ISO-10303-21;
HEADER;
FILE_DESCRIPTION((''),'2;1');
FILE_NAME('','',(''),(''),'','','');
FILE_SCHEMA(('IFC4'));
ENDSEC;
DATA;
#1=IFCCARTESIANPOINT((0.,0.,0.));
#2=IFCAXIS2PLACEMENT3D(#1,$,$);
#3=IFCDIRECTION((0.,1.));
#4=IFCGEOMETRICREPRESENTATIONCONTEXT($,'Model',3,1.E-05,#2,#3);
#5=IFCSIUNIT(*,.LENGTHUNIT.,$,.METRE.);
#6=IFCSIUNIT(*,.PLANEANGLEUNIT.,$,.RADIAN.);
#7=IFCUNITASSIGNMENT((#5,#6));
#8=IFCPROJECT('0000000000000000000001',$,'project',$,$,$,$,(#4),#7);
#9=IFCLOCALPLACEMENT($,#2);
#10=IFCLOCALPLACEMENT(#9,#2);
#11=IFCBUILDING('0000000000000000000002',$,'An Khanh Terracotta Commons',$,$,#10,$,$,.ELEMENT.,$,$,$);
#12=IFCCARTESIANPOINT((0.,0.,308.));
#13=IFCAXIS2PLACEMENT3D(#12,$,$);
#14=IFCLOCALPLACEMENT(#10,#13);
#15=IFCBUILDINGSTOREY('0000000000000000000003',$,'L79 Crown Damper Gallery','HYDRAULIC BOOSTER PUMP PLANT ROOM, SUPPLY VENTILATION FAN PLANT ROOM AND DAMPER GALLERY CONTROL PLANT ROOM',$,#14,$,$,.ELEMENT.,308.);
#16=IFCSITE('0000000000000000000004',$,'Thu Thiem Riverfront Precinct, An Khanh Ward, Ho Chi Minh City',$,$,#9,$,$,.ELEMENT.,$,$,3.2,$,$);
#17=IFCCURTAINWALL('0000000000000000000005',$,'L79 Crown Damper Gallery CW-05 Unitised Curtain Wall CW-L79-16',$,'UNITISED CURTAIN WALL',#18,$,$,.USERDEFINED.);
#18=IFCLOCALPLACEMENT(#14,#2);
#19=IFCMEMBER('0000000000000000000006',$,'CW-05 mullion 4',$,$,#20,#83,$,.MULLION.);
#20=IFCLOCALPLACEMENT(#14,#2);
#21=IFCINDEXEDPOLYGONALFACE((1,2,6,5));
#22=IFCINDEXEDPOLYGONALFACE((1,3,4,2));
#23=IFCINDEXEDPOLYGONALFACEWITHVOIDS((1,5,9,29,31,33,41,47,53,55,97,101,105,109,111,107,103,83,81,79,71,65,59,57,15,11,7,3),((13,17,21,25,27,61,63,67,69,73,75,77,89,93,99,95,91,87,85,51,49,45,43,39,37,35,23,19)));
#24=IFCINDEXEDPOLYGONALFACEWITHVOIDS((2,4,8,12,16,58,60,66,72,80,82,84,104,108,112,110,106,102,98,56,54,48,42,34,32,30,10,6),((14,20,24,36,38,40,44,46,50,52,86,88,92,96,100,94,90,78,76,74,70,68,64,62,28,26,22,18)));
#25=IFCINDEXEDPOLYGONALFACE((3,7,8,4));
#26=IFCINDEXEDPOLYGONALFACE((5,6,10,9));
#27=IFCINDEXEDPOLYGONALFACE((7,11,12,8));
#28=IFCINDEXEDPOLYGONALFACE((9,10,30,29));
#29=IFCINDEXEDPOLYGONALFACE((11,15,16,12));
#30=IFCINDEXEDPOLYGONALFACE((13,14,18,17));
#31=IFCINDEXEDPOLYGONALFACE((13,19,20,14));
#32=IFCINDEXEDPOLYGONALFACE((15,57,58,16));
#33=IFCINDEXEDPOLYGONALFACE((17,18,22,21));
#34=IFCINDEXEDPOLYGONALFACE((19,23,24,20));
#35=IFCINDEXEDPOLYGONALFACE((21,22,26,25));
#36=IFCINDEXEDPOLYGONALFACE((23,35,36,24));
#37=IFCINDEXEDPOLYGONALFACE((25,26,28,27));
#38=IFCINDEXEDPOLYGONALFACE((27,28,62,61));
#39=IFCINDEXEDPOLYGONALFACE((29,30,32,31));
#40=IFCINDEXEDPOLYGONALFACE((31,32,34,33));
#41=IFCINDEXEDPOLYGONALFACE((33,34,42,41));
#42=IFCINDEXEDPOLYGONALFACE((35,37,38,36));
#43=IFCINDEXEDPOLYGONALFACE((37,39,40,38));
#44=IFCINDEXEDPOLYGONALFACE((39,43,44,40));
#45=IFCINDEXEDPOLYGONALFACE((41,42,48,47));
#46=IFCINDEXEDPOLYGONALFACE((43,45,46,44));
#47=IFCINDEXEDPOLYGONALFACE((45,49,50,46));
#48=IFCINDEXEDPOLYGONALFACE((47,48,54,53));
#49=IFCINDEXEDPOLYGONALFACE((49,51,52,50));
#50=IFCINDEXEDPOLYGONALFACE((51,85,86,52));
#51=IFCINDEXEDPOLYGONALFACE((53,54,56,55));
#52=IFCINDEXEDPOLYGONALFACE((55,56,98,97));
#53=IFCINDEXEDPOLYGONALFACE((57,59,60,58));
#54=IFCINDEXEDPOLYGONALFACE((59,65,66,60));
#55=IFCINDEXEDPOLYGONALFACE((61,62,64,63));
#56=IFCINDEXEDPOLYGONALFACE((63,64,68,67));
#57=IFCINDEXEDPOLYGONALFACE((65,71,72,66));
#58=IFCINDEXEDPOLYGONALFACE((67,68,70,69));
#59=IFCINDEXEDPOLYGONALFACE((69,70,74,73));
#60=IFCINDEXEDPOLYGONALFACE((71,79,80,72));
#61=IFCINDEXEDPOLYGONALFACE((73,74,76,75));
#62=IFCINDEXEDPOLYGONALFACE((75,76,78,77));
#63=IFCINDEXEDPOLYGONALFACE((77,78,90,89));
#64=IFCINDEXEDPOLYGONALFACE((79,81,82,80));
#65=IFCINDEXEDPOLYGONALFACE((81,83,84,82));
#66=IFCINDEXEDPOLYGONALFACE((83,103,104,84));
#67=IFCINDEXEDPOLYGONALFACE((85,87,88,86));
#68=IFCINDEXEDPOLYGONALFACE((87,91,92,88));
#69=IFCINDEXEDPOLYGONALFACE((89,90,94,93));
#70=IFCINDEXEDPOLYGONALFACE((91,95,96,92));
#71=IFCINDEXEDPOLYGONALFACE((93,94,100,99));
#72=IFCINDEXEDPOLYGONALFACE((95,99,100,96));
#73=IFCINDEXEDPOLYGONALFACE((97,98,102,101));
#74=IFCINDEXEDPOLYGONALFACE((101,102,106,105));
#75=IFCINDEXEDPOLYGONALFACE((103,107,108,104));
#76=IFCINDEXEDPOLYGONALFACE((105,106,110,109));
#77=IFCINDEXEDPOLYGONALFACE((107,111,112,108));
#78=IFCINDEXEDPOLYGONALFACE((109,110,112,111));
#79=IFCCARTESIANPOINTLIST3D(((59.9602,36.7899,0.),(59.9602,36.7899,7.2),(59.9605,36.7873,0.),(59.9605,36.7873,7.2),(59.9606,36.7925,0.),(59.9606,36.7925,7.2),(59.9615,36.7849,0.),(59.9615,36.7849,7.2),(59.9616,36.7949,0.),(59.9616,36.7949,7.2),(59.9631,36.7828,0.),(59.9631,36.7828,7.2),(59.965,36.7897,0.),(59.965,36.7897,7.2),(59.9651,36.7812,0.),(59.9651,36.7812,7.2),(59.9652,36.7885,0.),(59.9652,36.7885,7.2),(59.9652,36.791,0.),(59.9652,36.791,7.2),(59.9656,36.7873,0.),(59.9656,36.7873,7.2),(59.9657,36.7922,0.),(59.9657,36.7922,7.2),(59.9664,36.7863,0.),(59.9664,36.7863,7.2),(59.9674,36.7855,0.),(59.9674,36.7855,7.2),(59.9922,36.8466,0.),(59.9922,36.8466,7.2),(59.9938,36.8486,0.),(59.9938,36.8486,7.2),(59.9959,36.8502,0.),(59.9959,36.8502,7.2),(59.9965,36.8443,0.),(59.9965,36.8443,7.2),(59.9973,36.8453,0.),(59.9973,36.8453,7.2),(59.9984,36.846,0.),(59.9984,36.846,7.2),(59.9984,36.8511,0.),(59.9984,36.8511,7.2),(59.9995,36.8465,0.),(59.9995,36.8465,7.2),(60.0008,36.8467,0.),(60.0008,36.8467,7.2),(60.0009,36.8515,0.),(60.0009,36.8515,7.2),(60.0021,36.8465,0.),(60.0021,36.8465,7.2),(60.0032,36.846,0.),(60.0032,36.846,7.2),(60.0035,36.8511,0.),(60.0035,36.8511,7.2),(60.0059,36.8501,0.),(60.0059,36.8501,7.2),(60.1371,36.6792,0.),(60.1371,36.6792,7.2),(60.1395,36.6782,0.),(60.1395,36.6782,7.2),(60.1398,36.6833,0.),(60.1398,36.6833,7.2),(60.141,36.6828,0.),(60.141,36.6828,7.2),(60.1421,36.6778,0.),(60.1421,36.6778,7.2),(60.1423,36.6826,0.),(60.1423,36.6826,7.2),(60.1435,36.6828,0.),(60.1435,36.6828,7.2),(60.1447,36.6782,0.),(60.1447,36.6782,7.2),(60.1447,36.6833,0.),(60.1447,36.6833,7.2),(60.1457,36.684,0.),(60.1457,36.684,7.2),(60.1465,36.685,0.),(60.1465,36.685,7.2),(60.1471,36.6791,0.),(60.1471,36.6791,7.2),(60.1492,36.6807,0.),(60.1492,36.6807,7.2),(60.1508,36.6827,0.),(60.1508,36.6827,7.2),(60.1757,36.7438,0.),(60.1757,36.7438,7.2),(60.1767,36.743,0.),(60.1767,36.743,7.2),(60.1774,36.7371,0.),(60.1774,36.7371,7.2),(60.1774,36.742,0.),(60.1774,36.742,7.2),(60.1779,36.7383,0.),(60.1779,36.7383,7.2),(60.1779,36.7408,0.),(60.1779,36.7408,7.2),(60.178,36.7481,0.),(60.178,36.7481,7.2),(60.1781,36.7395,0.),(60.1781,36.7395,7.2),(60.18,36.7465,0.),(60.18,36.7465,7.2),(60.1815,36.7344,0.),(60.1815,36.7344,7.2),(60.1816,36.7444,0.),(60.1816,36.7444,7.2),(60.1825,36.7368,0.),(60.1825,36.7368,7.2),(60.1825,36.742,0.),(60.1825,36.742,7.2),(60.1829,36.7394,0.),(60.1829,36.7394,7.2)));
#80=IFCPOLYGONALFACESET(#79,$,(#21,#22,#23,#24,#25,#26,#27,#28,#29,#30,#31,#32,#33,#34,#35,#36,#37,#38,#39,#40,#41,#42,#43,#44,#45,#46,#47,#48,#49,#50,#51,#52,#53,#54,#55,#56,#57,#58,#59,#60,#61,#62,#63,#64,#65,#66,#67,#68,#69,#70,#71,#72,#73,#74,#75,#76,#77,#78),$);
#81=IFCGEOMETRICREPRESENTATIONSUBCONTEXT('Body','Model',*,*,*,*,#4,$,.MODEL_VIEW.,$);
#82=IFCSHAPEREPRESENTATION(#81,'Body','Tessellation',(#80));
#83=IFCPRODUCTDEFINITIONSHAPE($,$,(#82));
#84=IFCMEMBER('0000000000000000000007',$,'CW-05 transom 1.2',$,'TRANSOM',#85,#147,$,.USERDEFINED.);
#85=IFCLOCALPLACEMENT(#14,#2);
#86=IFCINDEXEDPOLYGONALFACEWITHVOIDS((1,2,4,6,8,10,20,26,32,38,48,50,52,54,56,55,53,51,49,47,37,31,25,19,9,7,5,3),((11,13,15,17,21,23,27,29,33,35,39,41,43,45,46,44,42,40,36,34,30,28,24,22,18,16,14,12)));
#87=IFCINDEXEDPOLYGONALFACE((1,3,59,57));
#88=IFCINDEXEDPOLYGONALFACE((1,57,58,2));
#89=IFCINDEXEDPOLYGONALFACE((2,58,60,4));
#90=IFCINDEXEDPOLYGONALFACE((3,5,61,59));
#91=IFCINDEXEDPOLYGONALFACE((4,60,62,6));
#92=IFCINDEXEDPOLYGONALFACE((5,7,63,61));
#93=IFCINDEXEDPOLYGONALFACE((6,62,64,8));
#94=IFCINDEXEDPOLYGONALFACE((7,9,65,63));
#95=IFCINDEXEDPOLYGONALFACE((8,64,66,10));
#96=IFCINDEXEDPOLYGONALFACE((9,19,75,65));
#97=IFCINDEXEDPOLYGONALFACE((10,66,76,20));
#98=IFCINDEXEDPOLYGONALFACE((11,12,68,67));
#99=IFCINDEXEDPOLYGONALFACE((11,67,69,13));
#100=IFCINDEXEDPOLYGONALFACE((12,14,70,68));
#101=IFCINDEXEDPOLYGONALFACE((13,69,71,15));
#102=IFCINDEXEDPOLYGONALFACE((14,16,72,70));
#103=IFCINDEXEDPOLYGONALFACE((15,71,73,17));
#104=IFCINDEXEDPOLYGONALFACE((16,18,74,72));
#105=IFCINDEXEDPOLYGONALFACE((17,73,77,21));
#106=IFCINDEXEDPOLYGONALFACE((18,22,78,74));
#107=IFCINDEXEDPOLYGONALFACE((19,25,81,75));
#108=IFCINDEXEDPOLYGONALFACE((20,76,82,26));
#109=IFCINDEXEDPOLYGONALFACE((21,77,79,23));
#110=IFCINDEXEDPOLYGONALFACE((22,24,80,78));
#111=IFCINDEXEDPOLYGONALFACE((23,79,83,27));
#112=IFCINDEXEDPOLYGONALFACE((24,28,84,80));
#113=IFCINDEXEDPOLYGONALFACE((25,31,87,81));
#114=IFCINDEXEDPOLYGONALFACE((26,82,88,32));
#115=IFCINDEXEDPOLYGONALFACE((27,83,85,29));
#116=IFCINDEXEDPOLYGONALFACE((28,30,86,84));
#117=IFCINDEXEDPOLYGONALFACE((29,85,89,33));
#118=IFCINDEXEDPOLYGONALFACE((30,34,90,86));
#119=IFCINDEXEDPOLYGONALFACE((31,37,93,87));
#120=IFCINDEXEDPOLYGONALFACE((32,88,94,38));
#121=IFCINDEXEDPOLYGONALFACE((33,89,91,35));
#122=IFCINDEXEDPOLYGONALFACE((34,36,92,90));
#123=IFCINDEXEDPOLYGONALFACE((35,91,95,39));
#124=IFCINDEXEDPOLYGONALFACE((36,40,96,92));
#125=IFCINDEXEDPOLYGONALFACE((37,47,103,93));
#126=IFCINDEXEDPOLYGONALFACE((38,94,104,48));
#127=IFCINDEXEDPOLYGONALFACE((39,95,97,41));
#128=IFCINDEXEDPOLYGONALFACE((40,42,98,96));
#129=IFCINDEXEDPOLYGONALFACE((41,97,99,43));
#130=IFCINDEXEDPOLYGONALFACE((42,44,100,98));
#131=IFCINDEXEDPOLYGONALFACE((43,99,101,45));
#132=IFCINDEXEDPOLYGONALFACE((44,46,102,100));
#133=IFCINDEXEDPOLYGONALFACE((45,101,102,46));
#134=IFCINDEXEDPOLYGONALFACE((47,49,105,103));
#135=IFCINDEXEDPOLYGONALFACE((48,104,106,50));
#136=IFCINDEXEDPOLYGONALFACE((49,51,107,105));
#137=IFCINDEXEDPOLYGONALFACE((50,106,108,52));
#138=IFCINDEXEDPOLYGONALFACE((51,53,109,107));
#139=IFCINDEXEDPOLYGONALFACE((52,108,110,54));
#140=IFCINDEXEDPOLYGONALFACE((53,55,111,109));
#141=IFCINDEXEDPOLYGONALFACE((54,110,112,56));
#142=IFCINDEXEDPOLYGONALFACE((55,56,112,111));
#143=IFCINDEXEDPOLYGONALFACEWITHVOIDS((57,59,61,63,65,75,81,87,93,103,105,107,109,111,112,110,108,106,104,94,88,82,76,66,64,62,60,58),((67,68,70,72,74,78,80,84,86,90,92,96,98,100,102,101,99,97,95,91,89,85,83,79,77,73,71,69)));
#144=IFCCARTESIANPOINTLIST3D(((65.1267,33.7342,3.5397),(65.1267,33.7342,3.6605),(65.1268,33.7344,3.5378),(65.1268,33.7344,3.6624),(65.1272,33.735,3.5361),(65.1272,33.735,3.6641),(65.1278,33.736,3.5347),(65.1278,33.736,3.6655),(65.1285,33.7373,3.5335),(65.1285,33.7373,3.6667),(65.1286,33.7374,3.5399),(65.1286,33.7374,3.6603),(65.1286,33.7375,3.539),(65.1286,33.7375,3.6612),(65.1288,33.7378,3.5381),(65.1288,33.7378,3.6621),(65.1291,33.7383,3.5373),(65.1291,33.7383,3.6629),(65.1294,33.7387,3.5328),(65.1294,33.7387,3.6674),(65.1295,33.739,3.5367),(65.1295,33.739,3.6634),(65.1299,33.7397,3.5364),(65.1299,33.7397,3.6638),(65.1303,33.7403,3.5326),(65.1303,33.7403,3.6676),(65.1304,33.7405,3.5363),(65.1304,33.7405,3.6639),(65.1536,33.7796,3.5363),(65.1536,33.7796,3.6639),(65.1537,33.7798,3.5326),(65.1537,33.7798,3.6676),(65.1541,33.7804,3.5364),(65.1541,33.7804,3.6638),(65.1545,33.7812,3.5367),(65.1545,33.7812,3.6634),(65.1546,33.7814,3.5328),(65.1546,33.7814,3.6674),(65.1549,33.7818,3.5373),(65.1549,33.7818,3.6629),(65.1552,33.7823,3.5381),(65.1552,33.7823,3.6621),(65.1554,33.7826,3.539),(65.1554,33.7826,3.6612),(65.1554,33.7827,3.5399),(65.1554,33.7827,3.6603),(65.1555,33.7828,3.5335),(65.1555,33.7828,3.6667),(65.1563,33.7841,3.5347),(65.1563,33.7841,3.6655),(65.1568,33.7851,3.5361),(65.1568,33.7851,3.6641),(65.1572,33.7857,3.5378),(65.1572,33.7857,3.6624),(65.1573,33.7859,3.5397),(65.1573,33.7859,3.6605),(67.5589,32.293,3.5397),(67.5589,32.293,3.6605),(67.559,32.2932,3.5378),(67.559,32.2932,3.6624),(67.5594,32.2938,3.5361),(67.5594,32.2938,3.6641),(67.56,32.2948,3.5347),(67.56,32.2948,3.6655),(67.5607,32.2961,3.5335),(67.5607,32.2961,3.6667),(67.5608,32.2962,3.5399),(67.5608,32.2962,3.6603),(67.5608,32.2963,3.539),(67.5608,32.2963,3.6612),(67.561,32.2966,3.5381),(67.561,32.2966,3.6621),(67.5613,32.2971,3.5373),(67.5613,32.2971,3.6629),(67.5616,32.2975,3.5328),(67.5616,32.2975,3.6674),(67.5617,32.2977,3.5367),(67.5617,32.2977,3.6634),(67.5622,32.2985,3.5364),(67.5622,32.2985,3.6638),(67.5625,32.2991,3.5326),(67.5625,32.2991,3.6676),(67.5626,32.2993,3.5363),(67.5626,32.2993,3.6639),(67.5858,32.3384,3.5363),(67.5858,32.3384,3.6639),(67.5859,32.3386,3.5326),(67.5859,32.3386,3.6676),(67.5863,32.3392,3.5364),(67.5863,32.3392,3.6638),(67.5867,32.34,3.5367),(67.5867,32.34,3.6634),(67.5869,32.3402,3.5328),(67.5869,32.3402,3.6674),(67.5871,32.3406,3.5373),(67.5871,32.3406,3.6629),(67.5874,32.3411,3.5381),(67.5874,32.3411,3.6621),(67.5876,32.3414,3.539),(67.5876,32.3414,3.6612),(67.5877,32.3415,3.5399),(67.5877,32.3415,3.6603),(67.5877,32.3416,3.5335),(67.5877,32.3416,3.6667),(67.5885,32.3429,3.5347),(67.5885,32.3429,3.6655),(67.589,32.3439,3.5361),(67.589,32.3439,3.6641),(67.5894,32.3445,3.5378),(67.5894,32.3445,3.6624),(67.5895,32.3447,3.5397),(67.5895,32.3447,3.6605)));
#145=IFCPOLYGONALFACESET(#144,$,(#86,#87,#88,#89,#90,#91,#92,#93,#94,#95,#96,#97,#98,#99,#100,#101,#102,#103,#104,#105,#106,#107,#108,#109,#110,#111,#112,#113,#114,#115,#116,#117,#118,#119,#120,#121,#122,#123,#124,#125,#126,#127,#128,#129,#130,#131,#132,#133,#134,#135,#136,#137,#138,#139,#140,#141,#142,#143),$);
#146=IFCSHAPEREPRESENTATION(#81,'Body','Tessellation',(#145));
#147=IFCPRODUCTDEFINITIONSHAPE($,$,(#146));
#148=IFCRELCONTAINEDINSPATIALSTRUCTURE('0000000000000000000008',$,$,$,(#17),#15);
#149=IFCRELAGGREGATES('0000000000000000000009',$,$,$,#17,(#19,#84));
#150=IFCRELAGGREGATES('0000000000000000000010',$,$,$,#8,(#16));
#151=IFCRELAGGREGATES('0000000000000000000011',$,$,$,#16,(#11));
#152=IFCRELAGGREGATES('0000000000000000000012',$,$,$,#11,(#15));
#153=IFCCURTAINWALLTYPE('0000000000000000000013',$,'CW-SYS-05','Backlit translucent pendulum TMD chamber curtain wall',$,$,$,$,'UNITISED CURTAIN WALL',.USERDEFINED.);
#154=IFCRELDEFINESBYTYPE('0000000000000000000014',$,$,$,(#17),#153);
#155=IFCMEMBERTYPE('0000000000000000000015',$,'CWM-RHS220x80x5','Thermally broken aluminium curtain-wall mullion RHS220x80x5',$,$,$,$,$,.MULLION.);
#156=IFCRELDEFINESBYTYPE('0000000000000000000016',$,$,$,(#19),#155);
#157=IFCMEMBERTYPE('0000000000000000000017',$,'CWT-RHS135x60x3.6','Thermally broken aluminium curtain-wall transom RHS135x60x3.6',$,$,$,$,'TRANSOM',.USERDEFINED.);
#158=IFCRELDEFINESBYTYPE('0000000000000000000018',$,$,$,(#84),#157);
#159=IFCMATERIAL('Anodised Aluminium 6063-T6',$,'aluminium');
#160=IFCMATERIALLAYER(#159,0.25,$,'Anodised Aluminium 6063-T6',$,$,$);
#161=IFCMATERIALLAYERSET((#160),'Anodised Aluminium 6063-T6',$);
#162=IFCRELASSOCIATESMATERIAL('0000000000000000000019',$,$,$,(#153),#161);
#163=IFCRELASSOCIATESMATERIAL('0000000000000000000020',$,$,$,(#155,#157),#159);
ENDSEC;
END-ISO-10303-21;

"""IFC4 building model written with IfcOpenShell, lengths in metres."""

from ifc_helpers import new_model, si_unit, direction, frame, origin, origin_2d, place, context, subcontext, project, spatial, hollow_rectangle, extrude, material, layer, layer_set, material_profile, profile_set, type_object, element, aggregate, save


model = new_model("IFC4")

# Units and contexts
model_context = context("Model", 3, precision=1e-05, world=origin(), true_north=direction((0.0, 1.0)))
body_context = subcontext(model_context, "Body", "Model", "MODEL_VIEW")
ifc_project = project(units=[si_unit("LENGTHUNIT", "METRE"), si_unit("PLANEANGLEUNIT", "RADIAN")], contexts=[model_context])

# Site, building, storey
site_placement = place(None, origin())
site = spatial("IfcSite", under=ifc_project, at=site_placement, Name="Thu Thiem Riverfront Precinct, An Khanh Ward, Ho Chi Minh City", CompositionType="ELEMENT", RefElevation=3.2)
building_placement = place(site_placement, origin())
building = spatial("IfcBuilding", under=site, at=building_placement, Name="An Khanh Terracotta Commons", CompositionType="ELEMENT")
storey_placement = place(building_placement, frame((0.0, 0.0, 308.0)))
storey = spatial("IfcBuildingStorey", under=building, at=storey_placement, Name="L79 Crown Damper Gallery", Description="HYDRAULIC BOOSTER PUMP PLANT ROOM, SUPPLY VENTILATION FAN PLANT ROOM AND DAMPER GALLERY CONTROL PLANT ROOM", CompositionType="ELEMENT", Elevation=308.0)

# Curtain wall, members
ifc_material_1 = material(Name="Anodised Aluminium 6063-T6", Category="aluminium")
ifc_layer_1 = layer(ifc_material_1, 0.25, Name="Anodised Aluminium 6063-T6")
ifc_layer_set_1 = layer_set([ifc_layer_1], Name="Anodised Aluminium 6063-T6")
curtain_wall_type = type_object("IfcCurtainWallType", Name="CW-SYS-05", Description="Backlit translucent pendulum TMD chamber curtain wall", ElementType="UNITISED CURTAIN WALL", PredefinedType="USERDEFINED", material=ifc_layer_set_1)
curtain_wall_placement = place(storey_placement, origin())
curtain_wall = element("IfcCurtainWall", 1, at=curtain_wall_placement, inside=storey, type_object=curtain_wall_type, Name="L79 Crown Damper Gallery CW-05 Unitised Curtain Wall CW-L79-16", ObjectType="UNITISED CURTAIN WALL", PredefinedType="USERDEFINED")
ifc_material_profile_1 = material_profile(ifc_material_1, hollow_rectangle(XDim=0.0801, YDim=0.22, WallThickness=0.0049, InnerFilletRadius=0.0049, OuterFilletRadius=0.01, at=origin_2d()), Name="RHS220x80x5")
ifc_profile_set_1 = profile_set([ifc_material_profile_1], Name="Anodised Aluminium 6063-T6")
member_type_1 = type_object("IfcMemberType", Name="CWM-RHS220x80x5", Description="Thermally broken aluminium curtain-wall mullion RHS220x80x5", PredefinedType="MULLION", material=ifc_profile_set_1)
member_1_placement = place(storey_placement, frame((60.0715, 36.7646, 0.0), z_axis=(0.0, 0.0, 1.0), x_axis=(-0.509781, -0.860304, 0.0)))
member_1 = element("IfcMember", 2, at=member_1_placement, type_object=member_type_1, Name="CW-05 mullion 4", PredefinedType="MULLION", context=body_context, shape_type="SweptSolid", body=[
    extrude(hollow_rectangle(XDim=0.0801, YDim=0.22, WallThickness=0.0049, InnerFilletRadius=0.0049, OuterFilletRadius=0.01, at=origin_2d()), origin(), (0.0, 0.0, 1.0), 7.2),
])
ifc_material_profile_2 = material_profile(ifc_material_1, hollow_rectangle(XDim=0.0601, YDim=0.135, WallThickness=0.0037, InnerFilletRadius=0.0037, OuterFilletRadius=0.0071, at=origin_2d()), Name="RHS135x60x3.6")
ifc_profile_set_2 = profile_set([ifc_material_profile_2], Name="Anodised Aluminium 6063-T6")
member_type_2 = type_object("IfcMemberType", Name="CWT-RHS135x60x3.6", Description="Thermally broken aluminium curtain-wall transom RHS135x60x3.6", ElementType="TRANSOM", PredefinedType="USERDEFINED", material=ifc_profile_set_2)
member_2_placement = place(storey_placement, frame((67.5742, 32.3188, 3.6001), z_axis=(-0.860307, 0.509776, 0.0), x_axis=(-0.509776, -0.860307, 0.0)))
member_2 = element("IfcMember", 3, at=member_2_placement, type_object=member_type_2, Name="CW-05 transom 1.2", ObjectType="TRANSOM", PredefinedType="USERDEFINED", context=body_context, shape_type="SweptSolid", body=[
    extrude(hollow_rectangle(XDim=0.0601, YDim=0.135, WallThickness=0.0037, InnerFilletRadius=0.0037, OuterFilletRadius=0.0071, at=origin_2d()), origin(), (0.0, 0.0, 1.0), 2.8271),
])
aggregate(curtain_wall, [member_1, member_2])

save(model, "model.ifc")
